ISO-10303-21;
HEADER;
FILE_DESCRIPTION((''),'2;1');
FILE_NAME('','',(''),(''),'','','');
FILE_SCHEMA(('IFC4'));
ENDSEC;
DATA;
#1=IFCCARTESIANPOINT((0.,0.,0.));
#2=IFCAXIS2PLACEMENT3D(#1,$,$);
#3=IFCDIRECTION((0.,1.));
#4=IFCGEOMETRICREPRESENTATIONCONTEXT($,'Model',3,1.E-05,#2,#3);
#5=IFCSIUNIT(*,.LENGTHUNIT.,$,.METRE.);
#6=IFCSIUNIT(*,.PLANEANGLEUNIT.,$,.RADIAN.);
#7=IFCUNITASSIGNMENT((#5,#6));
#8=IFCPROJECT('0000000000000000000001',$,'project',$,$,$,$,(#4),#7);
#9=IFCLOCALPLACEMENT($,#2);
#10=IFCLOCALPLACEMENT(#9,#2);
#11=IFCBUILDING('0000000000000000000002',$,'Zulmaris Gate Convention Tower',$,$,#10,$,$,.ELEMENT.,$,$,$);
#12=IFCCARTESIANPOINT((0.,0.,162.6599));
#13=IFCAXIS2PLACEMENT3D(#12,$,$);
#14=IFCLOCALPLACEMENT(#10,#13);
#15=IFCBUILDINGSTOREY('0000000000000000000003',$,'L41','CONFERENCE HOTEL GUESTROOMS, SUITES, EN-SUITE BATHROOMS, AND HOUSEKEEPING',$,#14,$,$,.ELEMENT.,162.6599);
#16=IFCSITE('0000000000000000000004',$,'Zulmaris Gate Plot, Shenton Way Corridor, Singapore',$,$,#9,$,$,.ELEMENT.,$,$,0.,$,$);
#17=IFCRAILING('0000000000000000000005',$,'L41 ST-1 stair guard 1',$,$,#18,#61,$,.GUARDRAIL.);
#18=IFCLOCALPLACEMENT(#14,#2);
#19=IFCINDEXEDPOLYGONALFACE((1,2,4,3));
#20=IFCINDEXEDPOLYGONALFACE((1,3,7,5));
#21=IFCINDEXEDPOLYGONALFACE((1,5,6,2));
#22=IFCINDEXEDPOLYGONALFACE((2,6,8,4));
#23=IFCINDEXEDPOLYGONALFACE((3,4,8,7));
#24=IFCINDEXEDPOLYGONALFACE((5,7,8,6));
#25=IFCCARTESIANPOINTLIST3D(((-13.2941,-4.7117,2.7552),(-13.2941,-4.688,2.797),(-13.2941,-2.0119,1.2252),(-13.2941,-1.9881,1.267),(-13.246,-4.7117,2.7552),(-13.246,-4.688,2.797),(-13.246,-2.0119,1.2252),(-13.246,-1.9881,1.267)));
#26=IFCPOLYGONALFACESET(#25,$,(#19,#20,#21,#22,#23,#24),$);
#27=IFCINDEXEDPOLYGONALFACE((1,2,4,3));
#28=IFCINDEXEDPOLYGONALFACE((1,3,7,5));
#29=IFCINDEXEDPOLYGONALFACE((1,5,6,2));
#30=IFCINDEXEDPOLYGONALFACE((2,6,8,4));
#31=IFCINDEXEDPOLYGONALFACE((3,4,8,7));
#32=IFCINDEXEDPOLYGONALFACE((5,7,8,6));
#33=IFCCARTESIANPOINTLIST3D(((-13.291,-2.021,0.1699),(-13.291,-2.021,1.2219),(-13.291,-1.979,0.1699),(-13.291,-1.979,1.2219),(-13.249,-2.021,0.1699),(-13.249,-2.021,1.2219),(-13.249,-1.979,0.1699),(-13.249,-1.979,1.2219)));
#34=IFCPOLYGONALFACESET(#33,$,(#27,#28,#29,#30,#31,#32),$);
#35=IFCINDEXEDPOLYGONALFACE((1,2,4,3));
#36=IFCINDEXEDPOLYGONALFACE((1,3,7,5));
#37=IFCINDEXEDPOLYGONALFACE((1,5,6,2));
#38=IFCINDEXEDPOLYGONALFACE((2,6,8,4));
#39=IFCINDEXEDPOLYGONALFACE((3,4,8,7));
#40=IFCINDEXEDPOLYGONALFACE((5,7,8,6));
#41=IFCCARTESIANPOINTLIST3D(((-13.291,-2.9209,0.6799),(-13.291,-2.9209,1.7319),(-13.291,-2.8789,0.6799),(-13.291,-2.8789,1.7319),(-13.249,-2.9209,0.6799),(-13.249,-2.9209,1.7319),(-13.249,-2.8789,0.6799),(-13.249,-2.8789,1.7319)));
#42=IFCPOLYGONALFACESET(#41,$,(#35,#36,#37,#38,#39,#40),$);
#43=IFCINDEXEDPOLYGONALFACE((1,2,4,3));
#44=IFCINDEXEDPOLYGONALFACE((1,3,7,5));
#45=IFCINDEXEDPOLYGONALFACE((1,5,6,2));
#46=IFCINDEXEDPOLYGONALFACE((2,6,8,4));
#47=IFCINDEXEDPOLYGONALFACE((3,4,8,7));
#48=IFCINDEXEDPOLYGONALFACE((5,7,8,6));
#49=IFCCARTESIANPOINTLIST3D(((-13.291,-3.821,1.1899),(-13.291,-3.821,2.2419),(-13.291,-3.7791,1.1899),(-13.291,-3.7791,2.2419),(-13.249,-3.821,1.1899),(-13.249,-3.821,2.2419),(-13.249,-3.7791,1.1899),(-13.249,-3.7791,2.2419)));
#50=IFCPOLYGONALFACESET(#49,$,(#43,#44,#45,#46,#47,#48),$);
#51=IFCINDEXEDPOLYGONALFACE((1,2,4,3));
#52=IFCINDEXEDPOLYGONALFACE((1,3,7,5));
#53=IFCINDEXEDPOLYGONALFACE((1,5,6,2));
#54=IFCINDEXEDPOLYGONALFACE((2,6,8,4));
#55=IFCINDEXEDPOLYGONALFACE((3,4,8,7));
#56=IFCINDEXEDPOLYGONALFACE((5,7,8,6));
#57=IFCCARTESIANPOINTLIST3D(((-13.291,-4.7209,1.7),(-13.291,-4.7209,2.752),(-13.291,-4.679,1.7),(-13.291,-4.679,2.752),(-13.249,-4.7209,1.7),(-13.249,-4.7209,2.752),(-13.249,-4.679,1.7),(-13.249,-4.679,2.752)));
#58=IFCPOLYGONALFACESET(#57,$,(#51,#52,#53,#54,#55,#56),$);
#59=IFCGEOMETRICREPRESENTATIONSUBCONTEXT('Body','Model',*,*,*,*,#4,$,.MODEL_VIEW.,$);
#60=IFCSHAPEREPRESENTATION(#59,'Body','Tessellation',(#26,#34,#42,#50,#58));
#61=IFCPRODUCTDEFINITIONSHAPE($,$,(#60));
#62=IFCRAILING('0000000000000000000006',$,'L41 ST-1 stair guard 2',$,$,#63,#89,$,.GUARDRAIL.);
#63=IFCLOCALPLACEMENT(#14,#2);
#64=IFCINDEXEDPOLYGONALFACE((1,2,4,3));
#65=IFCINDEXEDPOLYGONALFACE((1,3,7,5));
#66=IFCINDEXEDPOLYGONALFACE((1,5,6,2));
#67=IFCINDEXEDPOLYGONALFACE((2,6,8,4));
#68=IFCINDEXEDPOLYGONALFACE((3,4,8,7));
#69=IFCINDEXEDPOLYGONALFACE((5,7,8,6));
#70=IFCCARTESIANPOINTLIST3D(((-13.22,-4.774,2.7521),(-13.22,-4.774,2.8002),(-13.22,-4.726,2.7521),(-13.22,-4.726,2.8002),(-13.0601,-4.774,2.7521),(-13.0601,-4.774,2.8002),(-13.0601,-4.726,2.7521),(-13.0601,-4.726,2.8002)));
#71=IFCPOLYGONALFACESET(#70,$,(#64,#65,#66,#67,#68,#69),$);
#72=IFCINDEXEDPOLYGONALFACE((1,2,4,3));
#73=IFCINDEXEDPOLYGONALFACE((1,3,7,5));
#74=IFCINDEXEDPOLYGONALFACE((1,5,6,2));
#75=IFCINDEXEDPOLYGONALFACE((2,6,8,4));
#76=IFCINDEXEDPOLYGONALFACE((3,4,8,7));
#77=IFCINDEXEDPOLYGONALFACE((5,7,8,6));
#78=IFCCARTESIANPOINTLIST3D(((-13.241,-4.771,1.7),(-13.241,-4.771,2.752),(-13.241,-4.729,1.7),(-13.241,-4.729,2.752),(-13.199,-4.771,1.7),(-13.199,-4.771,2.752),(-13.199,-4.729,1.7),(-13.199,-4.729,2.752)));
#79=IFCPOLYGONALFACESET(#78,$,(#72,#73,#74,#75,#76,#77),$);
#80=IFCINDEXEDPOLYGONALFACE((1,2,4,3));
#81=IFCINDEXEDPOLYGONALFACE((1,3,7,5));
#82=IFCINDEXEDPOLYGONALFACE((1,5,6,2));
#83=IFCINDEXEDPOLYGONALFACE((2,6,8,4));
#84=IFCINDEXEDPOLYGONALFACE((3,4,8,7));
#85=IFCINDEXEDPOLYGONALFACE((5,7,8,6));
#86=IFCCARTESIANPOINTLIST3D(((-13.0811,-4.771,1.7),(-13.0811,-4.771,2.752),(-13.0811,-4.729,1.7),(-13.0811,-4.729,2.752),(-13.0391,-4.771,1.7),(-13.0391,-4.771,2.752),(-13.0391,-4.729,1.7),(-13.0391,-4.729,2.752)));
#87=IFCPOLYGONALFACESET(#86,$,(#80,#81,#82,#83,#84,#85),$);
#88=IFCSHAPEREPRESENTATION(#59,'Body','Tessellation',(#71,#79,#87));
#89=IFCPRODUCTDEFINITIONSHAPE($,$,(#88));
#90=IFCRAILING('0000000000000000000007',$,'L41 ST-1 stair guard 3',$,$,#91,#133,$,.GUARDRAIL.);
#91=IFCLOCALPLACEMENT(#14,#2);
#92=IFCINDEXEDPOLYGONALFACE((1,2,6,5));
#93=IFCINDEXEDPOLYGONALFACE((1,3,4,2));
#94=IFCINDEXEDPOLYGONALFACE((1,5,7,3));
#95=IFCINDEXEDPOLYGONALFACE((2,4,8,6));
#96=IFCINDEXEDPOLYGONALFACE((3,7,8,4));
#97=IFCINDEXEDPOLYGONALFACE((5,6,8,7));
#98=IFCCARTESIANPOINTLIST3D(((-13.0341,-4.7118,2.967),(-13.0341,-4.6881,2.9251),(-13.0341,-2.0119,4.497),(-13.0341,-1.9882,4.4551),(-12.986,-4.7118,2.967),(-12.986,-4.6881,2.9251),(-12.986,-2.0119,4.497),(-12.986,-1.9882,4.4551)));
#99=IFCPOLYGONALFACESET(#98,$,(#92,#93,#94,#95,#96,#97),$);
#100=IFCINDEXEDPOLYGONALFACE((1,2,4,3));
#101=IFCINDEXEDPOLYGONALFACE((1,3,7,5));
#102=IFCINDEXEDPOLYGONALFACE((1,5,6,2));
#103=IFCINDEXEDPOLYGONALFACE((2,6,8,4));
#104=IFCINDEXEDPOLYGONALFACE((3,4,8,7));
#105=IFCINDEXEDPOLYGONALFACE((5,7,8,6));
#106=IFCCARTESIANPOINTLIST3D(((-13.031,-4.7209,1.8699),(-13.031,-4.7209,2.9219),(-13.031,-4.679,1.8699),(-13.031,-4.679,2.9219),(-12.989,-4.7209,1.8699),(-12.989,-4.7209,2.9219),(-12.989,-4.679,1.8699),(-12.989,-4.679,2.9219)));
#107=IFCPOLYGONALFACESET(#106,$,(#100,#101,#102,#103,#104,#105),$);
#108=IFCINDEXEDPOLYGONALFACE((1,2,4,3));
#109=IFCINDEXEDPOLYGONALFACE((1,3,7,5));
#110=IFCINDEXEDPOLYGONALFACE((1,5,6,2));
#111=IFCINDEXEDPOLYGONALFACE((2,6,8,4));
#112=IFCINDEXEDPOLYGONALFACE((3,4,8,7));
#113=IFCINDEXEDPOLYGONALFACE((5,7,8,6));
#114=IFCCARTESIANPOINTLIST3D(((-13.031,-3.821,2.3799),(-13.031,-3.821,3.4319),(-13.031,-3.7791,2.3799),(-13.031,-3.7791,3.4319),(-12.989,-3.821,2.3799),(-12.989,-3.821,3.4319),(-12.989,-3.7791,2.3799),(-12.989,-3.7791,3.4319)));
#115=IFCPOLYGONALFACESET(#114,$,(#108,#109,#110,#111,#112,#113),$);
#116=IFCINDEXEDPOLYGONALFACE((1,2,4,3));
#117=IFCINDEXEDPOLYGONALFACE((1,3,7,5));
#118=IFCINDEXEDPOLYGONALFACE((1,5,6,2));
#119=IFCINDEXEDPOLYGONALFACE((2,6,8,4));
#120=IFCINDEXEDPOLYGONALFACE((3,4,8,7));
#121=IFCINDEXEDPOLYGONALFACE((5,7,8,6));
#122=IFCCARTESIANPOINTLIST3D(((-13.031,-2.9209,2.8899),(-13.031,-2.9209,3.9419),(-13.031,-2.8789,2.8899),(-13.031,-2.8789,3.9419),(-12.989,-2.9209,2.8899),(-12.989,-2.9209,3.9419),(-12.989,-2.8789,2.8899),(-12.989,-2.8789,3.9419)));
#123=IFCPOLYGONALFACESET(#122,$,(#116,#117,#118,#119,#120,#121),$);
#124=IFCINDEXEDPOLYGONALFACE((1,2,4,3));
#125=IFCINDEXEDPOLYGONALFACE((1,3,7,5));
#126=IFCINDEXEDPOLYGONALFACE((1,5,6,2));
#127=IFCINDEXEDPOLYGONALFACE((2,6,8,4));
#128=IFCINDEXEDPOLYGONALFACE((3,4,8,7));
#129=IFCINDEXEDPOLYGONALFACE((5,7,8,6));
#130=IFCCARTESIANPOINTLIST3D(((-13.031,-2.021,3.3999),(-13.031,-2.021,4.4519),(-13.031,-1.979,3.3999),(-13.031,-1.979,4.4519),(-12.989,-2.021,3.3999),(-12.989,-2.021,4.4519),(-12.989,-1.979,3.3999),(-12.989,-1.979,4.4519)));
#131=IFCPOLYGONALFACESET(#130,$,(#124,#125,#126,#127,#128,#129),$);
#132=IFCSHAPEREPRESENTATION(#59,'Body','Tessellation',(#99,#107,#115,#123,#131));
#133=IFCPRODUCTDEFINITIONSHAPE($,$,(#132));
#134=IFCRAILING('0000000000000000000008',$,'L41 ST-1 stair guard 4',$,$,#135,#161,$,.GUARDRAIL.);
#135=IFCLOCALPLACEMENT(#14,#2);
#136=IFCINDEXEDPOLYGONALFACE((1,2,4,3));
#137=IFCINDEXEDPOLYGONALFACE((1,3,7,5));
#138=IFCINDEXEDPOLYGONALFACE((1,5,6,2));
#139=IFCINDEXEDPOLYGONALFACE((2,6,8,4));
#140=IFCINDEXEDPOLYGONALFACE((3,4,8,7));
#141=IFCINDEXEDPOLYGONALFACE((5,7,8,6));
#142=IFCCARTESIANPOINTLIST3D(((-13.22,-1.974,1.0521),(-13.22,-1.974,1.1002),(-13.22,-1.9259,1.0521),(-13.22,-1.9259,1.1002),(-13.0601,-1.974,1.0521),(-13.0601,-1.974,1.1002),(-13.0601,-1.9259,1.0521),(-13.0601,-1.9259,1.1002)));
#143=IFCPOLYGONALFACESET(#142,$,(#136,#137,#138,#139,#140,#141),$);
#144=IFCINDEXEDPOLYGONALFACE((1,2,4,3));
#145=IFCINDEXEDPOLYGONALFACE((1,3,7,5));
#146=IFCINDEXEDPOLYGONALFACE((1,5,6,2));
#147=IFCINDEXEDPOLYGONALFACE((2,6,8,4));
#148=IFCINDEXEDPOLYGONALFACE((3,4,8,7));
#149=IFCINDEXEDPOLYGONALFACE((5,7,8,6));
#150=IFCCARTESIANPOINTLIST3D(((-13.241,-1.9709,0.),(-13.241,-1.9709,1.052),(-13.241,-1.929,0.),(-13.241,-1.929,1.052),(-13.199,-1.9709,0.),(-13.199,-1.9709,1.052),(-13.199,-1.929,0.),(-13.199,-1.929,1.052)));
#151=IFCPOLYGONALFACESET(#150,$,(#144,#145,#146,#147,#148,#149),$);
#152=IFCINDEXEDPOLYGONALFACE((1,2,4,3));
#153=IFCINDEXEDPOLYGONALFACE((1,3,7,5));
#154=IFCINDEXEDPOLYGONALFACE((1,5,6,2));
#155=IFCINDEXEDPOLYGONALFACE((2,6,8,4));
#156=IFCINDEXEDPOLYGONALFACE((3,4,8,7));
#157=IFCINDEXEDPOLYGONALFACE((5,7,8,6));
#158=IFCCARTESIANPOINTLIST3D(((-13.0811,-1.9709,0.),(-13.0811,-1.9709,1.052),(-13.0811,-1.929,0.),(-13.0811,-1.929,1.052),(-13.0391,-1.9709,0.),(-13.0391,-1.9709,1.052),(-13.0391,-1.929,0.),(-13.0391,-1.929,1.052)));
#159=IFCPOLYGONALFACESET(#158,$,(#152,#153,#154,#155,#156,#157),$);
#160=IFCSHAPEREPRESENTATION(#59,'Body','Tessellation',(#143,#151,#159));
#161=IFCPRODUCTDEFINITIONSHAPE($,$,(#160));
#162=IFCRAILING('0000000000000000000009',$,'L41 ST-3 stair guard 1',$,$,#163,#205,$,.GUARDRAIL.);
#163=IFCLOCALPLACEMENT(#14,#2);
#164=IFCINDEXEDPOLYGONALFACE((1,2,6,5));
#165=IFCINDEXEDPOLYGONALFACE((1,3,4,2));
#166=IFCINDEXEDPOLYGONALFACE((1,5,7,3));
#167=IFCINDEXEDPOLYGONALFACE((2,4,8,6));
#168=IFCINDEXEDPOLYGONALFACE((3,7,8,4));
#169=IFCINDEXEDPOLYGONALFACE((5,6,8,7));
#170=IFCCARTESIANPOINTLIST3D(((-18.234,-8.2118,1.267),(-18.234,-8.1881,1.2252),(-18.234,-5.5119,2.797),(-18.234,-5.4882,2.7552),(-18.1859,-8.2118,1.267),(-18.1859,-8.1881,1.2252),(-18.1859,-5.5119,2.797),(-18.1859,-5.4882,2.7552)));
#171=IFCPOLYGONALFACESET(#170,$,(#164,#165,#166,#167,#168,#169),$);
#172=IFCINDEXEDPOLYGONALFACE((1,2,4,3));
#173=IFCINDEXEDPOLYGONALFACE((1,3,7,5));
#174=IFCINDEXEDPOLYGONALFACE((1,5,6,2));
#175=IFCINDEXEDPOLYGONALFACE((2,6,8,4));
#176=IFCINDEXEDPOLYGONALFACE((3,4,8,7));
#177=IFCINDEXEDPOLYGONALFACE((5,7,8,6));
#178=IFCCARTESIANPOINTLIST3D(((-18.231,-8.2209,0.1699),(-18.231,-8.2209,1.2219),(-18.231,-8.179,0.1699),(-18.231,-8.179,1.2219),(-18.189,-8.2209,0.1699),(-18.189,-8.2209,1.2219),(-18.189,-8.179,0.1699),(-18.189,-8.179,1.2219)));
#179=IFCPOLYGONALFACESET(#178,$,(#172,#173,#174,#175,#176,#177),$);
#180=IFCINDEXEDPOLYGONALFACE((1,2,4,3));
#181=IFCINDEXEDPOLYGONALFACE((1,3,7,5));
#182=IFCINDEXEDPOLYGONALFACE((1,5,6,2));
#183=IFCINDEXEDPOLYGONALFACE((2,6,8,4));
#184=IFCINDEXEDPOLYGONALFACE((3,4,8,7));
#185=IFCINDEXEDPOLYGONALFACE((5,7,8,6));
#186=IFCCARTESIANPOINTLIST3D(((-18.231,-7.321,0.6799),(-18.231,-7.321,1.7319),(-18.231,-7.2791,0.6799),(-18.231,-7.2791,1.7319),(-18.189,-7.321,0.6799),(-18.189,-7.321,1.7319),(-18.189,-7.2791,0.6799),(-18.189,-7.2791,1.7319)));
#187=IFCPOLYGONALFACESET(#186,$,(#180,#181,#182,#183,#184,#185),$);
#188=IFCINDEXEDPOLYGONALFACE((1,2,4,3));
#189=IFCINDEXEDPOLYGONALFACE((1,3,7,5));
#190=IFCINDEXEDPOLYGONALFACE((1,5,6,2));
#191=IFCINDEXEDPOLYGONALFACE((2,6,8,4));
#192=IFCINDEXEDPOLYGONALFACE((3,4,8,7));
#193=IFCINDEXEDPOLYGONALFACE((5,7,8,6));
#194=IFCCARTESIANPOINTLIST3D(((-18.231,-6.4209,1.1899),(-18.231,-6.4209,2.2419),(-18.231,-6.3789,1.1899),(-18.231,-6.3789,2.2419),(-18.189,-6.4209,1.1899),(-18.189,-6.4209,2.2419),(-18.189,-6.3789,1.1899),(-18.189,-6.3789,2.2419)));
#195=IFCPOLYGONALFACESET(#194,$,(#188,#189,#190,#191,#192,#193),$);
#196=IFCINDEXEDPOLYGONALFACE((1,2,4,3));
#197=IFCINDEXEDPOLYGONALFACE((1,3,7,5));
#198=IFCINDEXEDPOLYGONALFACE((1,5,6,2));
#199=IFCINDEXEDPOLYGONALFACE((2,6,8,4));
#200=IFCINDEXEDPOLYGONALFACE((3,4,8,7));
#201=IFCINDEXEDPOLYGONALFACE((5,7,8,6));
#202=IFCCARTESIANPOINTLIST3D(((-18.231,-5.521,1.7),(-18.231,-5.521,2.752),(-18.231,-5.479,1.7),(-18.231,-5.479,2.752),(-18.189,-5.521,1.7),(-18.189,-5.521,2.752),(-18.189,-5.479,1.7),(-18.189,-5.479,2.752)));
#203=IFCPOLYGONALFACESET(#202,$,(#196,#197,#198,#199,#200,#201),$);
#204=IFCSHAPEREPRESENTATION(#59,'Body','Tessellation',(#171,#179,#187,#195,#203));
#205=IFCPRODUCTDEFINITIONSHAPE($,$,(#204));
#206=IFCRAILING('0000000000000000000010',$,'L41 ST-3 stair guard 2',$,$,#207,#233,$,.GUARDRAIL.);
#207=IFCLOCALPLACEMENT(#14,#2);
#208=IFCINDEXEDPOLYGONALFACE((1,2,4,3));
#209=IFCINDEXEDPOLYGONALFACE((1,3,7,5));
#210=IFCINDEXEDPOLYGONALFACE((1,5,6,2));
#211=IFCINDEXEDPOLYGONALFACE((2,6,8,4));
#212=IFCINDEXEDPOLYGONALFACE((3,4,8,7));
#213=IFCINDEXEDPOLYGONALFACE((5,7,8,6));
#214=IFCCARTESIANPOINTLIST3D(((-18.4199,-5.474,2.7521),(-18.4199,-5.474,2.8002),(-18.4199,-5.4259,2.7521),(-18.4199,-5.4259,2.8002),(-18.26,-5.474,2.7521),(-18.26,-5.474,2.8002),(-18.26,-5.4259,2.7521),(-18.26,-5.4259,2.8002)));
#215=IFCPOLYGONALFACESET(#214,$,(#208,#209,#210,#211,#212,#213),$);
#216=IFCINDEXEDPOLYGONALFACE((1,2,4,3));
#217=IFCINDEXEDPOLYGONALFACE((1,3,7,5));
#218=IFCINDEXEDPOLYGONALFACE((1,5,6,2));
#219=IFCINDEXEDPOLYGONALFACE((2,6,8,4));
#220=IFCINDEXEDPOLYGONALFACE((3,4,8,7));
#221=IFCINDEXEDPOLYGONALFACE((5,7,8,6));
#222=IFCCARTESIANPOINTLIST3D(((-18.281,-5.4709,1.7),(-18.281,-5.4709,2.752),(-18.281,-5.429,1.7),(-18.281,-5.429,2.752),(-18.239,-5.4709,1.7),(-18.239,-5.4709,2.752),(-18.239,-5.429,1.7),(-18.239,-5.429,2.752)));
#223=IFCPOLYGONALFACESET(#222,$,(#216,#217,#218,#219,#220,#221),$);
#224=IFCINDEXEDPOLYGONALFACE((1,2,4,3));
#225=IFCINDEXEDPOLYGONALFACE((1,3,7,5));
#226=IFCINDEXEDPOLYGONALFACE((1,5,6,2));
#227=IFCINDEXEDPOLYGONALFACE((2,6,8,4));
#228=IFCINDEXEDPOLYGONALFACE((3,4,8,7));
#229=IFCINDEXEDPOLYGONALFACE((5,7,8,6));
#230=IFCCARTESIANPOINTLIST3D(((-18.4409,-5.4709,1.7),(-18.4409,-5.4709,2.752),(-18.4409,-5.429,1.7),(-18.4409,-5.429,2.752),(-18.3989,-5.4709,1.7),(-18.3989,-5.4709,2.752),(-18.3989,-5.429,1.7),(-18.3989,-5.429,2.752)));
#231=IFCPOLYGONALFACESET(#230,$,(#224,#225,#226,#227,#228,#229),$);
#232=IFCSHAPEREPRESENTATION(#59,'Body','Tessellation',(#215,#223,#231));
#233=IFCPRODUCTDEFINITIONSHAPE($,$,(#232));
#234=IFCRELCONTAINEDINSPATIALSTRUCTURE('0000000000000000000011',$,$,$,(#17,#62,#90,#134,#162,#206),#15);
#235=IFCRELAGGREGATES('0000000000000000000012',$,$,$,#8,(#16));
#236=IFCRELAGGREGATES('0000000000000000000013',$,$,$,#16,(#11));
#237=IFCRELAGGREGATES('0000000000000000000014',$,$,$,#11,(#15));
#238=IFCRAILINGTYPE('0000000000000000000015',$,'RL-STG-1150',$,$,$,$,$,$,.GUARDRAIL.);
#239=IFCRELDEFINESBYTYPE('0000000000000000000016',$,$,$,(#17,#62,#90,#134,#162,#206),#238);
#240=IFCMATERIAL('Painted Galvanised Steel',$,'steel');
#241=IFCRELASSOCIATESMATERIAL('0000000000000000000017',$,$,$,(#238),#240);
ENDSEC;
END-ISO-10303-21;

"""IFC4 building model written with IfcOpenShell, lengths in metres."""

from ifc_helpers import new_model, si_unit, direction, frame, origin, origin_2d, place, context, subcontext, project, spatial, rectangle, extrude, material, type_object, element, save


model = new_model("IFC4")

# Units and contexts
model_context = context("Model", 3, precision=1e-05, world=origin(), true_north=direction((0.0, 1.0)))
body_context = subcontext(model_context, "Body", "Model", "MODEL_VIEW")
ifc_project = project(units=[si_unit("LENGTHUNIT", "METRE"), si_unit("PLANEANGLEUNIT", "RADIAN")], contexts=[model_context])

# Site, building, storey
site_placement = place(None, origin())
site = spatial("IfcSite", under=ifc_project, at=site_placement, Name="Zulmaris Gate Plot, Shenton Way Corridor, Singapore", CompositionType="ELEMENT", RefElevation=0.0)
building_placement = place(site_placement, origin())
building = spatial("IfcBuilding", under=site, at=building_placement, Name="Zulmaris Gate Convention Tower", CompositionType="ELEMENT")
storey_placement = place(building_placement, frame((0.0, 0.0, 162.6599)))
storey = spatial("IfcBuildingStorey", under=building, at=storey_placement, Name="L41", Description="CONFERENCE HOTEL GUESTROOMS, SUITES, EN-SUITE BATHROOMS, AND HOUSEKEEPING", CompositionType="ELEMENT", Elevation=162.6599)

# Railings
ifc_material_1 = material(Name="Painted Galvanised Steel", Category="steel")
railing_type_1 = type_object("IfcRailingType", Name="RL-STG-1150", PredefinedType="GUARDRAIL", material=ifc_material_1)
railing_1_placement = place(storey_placement, frame((-13.27, -2.0, 0.1699)))
element("IfcRailing", 1, at=railing_1_placement, inside=storey, type_object=railing_type_1, Name="L41 ST-1 stair guard 1", PredefinedType="GUARDRAIL", context=body_context, shape_type="SweptSolid", body=[
    extrude(rectangle(XDim=0.0481, YDim=0.0481, at=origin_2d()), frame((0.0, 0.0, 1.0762), z_axis=(0.0, -0.870014, 0.493026), x_axis=(1.0, 0.0, 0.0)), (0.0, 0.0, 1.0), 3.1033),
    extrude(rectangle(XDim=0.042, YDim=0.042, at=origin_2d()), origin(), (0.0, 0.0, 1.0), 1.052),
    extrude(rectangle(XDim=0.042, YDim=0.042, at=origin_2d()), frame((0.0, -0.8999, 0.51)), (0.0, 0.0, 1.0), 1.052),
    extrude(rectangle(XDim=0.042, YDim=0.042, at=origin_2d()), frame((0.0, -1.8, 1.02)), (0.0, 0.0, 1.0), 1.052),
    extrude(rectangle(XDim=0.042, YDim=0.042, at=origin_2d()), frame((0.0, -2.7, 1.53)), (0.0, 0.0, 1.0), 1.052),
])
railing_2_placement = place(storey_placement, frame((-13.22, -4.75, 1.7)))
element("IfcRailing", 2, at=railing_2_placement, inside=storey, type_object=railing_type_1, Name="L41 ST-1 stair guard 2", PredefinedType="GUARDRAIL", context=body_context, shape_type="SweptSolid", body=[
    extrude(rectangle(XDim=0.0481, YDim=0.0481, at=origin_2d()), frame((0.0, 0.0, 1.0762), z_axis=(1.0, 0.0, 0.0), x_axis=(0.0, 1.0, 0.0)), (0.0, 0.0, 1.0), 0.1599),
    extrude(rectangle(XDim=0.042, YDim=0.042, at=origin_2d()), origin(), (0.0, 0.0, 1.0), 1.052),
    extrude(rectangle(XDim=0.042, YDim=0.042, at=origin_2d()), frame((0.1599, 0.0, 0.0)), (0.0, 0.0, 1.0), 1.052),
])
railing_3_placement = place(storey_placement, frame((-13.01, -4.7, 1.8699)))
element("IfcRailing", 3, at=railing_3_placement, inside=storey, type_object=railing_type_1, Name="L41 ST-1 stair guard 3", PredefinedType="GUARDRAIL", context=body_context, shape_type="SweptSolid", body=[
    extrude(rectangle(XDim=0.0481, YDim=0.0481, at=origin_2d()), frame((0.0, 0.0, 1.0762), z_axis=(0.0, 0.870014, 0.493026), x_axis=(-1.0, 0.0, 0.0)), (0.0, 0.0, 1.0), 3.1033),
    extrude(rectangle(XDim=0.042, YDim=0.042, at=origin_2d()), origin(), (0.0, 0.0, 1.0), 1.052),
    extrude(rectangle(XDim=0.042, YDim=0.042, at=origin_2d()), frame((0.0, 0.8999, 0.51)), (0.0, 0.0, 1.0), 1.052),
    extrude(rectangle(XDim=0.042, YDim=0.042, at=origin_2d()), frame((0.0, 1.8, 1.02)), (0.0, 0.0, 1.0), 1.052),
    extrude(rectangle(XDim=0.042, YDim=0.042, at=origin_2d()), frame((0.0, 2.7, 1.53)), (0.0, 0.0, 1.0), 1.052),
])
railing_4_placement = place(storey_placement, frame((-13.22, -1.95, 0.0)))
element("IfcRailing", 4, at=railing_4_placement, inside=storey, type_object=railing_type_1, Name="L41 ST-1 stair guard 4", PredefinedType="GUARDRAIL", context=body_context, shape_type="SweptSolid", body=[
    extrude(rectangle(XDim=0.0481, YDim=0.0481, at=origin_2d()), frame((0.0, 0.0, 1.0762), z_axis=(1.0, 0.0, 0.0), x_axis=(0.0, 1.0, 0.0)), (0.0, 0.0, 1.0), 0.1599),
    extrude(rectangle(XDim=0.042, YDim=0.042, at=origin_2d()), origin(), (0.0, 0.0, 1.0), 1.052),
    extrude(rectangle(XDim=0.042, YDim=0.042, at=origin_2d()), frame((0.1599, 0.0, 0.0)), (0.0, 0.0, 1.0), 1.052),
])
railing_5_placement = place(storey_placement, frame((-18.21, -8.2, 0.1699)))
element("IfcRailing", 5, at=railing_5_placement, inside=storey, type_object=railing_type_1, Name="L41 ST-3 stair guard 1", PredefinedType="GUARDRAIL", context=body_context, shape_type="SweptSolid", body=[
    extrude(rectangle(XDim=0.0481, YDim=0.0481, at=origin_2d()), frame((0.0, 0.0, 1.0762), z_axis=(0.0, 0.870014, 0.493026), x_axis=(-1.0, 0.0, 0.0)), (0.0, 0.0, 1.0), 3.1033),
    extrude(rectangle(XDim=0.042, YDim=0.042, at=origin_2d()), origin(), (0.0, 0.0, 1.0), 1.052),
    extrude(rectangle(XDim=0.042, YDim=0.042, at=origin_2d()), frame((0.0, 0.8999, 0.51)), (0.0, 0.0, 1.0), 1.052),
    extrude(rectangle(XDim=0.042, YDim=0.042, at=origin_2d()), frame((0.0, 1.8, 1.02)), (0.0, 0.0, 1.0), 1.052),
    extrude(rectangle(XDim=0.042, YDim=0.042, at=origin_2d()), frame((0.0, 2.7, 1.53)), (0.0, 0.0, 1.0), 1.052),
])
for number, where, name in (
    (6, (-18.26, -5.45, 1.7), "L41 ST-3 stair guard 2"),
):
    element("IfcRailing", number, at=place(storey_placement, frame(where)), inside=storey, type_object=railing_type_1, Name=name, PredefinedType="GUARDRAIL", context=body_context, shape_type="SweptSolid", body=[
        extrude(rectangle(XDim=0.0481, YDim=0.0481, at=origin_2d()), frame((0.0, 0.0, 1.0762), z_axis=(-1.0, 0.0, 0.0), x_axis=(0.0, -1.0, 0.0)), (0.0, 0.0, 1.0), 0.1599),
        extrude(rectangle(XDim=0.042, YDim=0.042, at=origin_2d()), origin(), (0.0, 0.0, 1.0), 1.052),
        extrude(rectangle(XDim=0.042, YDim=0.042, at=origin_2d()), frame((-0.1599, 0.0, 0.0)), (0.0, 0.0, 1.0), 1.052),
    ])

save(model, "model.ifc")
